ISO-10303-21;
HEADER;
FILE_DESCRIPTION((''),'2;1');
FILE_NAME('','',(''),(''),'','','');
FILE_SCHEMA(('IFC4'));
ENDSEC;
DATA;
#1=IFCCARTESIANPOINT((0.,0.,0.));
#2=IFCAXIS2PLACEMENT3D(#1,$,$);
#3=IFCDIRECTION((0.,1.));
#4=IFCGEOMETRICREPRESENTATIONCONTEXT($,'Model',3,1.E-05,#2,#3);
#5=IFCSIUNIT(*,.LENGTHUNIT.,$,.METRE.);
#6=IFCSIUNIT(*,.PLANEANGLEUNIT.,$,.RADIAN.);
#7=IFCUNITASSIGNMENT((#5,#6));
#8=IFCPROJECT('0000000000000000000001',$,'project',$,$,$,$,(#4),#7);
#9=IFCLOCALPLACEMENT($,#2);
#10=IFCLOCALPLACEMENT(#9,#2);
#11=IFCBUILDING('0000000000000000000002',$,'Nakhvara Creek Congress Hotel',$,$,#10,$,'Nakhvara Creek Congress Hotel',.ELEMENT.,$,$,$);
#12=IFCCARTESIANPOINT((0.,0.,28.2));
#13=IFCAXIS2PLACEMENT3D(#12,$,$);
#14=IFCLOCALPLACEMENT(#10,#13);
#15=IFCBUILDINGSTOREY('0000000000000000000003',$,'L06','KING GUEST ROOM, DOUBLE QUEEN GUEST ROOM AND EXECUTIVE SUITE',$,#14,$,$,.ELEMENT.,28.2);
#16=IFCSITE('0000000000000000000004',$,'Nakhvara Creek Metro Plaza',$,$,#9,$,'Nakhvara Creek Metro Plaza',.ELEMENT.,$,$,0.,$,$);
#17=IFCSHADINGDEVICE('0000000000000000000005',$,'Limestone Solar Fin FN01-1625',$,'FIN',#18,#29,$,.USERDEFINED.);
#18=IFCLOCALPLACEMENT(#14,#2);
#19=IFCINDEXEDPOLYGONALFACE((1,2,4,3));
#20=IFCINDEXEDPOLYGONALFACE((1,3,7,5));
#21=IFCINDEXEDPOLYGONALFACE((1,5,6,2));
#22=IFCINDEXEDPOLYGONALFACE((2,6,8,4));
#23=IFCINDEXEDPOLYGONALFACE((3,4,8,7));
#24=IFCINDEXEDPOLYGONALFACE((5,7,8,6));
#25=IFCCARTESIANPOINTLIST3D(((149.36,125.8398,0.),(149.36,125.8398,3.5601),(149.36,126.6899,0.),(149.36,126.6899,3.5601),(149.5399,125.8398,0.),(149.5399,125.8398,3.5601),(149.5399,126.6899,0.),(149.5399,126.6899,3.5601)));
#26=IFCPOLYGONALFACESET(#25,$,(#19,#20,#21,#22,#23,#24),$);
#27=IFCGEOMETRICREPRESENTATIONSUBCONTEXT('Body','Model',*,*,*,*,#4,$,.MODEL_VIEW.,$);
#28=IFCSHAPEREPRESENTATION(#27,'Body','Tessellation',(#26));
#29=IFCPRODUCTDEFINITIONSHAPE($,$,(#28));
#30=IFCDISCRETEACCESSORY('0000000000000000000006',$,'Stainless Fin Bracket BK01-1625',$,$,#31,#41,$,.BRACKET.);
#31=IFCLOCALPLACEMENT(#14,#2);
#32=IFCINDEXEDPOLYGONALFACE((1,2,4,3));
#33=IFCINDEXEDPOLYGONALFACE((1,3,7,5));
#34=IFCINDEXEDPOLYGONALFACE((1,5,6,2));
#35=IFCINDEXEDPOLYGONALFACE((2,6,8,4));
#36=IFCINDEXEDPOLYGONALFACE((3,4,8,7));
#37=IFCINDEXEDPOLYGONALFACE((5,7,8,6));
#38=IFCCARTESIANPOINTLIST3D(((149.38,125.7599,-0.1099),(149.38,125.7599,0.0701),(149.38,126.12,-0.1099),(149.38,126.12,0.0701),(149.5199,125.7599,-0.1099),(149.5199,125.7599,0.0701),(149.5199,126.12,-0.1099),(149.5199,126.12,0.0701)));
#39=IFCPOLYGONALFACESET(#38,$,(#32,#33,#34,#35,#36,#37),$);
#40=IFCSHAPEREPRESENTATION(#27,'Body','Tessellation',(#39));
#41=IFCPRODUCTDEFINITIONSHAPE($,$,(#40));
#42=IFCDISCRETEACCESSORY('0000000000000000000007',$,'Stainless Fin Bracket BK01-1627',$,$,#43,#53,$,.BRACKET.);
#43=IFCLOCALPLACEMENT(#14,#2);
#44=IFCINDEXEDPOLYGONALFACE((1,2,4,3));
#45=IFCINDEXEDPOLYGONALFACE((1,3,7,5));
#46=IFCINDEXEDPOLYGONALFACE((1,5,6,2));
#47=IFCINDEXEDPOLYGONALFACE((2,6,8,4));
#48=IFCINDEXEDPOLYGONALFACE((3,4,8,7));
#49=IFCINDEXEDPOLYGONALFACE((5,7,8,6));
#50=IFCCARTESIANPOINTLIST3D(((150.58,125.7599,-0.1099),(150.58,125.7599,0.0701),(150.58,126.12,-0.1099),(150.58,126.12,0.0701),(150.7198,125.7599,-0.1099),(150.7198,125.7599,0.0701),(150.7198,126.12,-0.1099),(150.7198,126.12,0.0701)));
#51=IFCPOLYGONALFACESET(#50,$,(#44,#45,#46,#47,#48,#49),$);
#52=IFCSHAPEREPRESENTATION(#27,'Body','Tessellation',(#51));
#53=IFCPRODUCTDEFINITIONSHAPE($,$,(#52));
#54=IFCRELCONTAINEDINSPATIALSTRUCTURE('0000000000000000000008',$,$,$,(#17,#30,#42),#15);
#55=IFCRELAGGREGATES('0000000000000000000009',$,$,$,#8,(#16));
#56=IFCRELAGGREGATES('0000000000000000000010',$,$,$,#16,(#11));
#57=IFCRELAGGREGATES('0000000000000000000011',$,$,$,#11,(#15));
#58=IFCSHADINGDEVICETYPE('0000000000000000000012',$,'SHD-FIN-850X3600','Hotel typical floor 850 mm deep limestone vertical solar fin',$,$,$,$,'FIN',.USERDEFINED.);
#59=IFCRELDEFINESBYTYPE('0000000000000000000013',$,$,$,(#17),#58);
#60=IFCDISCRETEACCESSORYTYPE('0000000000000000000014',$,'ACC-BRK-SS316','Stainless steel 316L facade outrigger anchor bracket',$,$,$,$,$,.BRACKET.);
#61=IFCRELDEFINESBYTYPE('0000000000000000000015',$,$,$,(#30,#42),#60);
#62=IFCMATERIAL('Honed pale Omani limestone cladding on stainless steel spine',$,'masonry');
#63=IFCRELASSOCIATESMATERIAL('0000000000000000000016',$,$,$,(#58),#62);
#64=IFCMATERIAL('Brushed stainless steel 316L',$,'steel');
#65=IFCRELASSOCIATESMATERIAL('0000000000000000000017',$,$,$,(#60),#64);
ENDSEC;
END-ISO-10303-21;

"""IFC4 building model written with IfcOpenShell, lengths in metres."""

from ifc_helpers import new_model, si_unit, direction, frame, origin, origin_2d, place, context, subcontext, project, spatial, rectangle, extrude, material, type_object, element, save


model = new_model("IFC4")

# Units and contexts
model_context = context("Model", 3, precision=1e-05, world=origin(), true_north=direction((0.0, 1.0)))
body_context = subcontext(model_context, "Body", "Model", "MODEL_VIEW")
ifc_project = project(units=[si_unit("LENGTHUNIT", "METRE"), si_unit("PLANEANGLEUNIT", "RADIAN")], contexts=[model_context])

# Site, building, storey
site_placement = place(None, origin())
site = spatial("IfcSite", under=ifc_project, at=site_placement, Name="Nakhvara Creek Metro Plaza", LongName="Nakhvara Creek Metro Plaza", CompositionType="ELEMENT", RefElevation=0.0)
building_placement = place(site_placement, origin())
building = spatial("IfcBuilding", under=site, at=building_placement, Name="Nakhvara Creek Congress Hotel", LongName="Nakhvara Creek Congress Hotel", CompositionType="ELEMENT")
storey_placement = place(building_placement, frame((0.0, 0.0, 28.2)))
storey = spatial("IfcBuildingStorey", under=building, at=storey_placement, Name="L06", Description="KING GUEST ROOM, DOUBLE QUEEN GUEST ROOM AND EXECUTIVE SUITE", CompositionType="ELEMENT", Elevation=28.2)

# Shading device
ifc_material_1 = material(Name="Honed pale Omani limestone cladding on stainless steel spine", Category="masonry")
shading_device_type = type_object("IfcShadingDeviceType", Name="SHD-FIN-850X3600", Description="Hotel typical floor 850 mm deep limestone vertical solar fin", ElementType="FIN", PredefinedType="USERDEFINED", material=ifc_material_1)
shading_device_placement = place(storey_placement, frame((149.45, 126.2649, 0.0), z_axis=(0.0, 0.0, 1.0), x_axis=(1.0, 0.0, 0.0)))
element("IfcShadingDevice", 1, at=shading_device_placement, inside=storey, type_object=shading_device_type, Name="Limestone Solar Fin FN01-1625", ObjectType="FIN", PredefinedType="USERDEFINED", context=body_context, shape_type="SweptSolid", body=[
    extrude(rectangle(XDim=0.1799, YDim=0.8501, at=origin_2d()), origin(), (0.0, 0.0, 1.0), 3.5601),
])

# Discrete accessories
ifc_material_2 = material(Name="Brushed stainless steel 316L", Category="steel")
discrete_accessory_type = type_object("IfcDiscreteAccessoryType", Name="ACC-BRK-SS316", Description="Stainless steel 316L facade outrigger anchor bracket", PredefinedType="BRACKET", material=ifc_material_2)
for number, where, z_axis, x_axis, name in (
    (2, (149.45, 125.9399, -0.1099), (0.0, 0.0, 1.0), (1.0, 0.0, 0.0), "Stainless Fin Bracket BK01-1625"),
    (3, (150.6499, 125.9399, -0.1099), (0.0, 0.0, 1.0), (1.0, 0.0, 0.0), "Stainless Fin Bracket BK01-1627"),
):
    element("IfcDiscreteAccessory", number, at=place(storey_placement, frame(where, z_axis=z_axis, x_axis=x_axis)), inside=storey, type_object=discrete_accessory_type, Name=name, PredefinedType="BRACKET", context=body_context, shape_type="SweptSolid", body=[
        extrude(rectangle(XDim=0.1399, YDim=0.3601, at=origin_2d()), origin(), (0.0, 0.0, 1.0), 0.1799),
    ])

save(model, "model.ifc")
